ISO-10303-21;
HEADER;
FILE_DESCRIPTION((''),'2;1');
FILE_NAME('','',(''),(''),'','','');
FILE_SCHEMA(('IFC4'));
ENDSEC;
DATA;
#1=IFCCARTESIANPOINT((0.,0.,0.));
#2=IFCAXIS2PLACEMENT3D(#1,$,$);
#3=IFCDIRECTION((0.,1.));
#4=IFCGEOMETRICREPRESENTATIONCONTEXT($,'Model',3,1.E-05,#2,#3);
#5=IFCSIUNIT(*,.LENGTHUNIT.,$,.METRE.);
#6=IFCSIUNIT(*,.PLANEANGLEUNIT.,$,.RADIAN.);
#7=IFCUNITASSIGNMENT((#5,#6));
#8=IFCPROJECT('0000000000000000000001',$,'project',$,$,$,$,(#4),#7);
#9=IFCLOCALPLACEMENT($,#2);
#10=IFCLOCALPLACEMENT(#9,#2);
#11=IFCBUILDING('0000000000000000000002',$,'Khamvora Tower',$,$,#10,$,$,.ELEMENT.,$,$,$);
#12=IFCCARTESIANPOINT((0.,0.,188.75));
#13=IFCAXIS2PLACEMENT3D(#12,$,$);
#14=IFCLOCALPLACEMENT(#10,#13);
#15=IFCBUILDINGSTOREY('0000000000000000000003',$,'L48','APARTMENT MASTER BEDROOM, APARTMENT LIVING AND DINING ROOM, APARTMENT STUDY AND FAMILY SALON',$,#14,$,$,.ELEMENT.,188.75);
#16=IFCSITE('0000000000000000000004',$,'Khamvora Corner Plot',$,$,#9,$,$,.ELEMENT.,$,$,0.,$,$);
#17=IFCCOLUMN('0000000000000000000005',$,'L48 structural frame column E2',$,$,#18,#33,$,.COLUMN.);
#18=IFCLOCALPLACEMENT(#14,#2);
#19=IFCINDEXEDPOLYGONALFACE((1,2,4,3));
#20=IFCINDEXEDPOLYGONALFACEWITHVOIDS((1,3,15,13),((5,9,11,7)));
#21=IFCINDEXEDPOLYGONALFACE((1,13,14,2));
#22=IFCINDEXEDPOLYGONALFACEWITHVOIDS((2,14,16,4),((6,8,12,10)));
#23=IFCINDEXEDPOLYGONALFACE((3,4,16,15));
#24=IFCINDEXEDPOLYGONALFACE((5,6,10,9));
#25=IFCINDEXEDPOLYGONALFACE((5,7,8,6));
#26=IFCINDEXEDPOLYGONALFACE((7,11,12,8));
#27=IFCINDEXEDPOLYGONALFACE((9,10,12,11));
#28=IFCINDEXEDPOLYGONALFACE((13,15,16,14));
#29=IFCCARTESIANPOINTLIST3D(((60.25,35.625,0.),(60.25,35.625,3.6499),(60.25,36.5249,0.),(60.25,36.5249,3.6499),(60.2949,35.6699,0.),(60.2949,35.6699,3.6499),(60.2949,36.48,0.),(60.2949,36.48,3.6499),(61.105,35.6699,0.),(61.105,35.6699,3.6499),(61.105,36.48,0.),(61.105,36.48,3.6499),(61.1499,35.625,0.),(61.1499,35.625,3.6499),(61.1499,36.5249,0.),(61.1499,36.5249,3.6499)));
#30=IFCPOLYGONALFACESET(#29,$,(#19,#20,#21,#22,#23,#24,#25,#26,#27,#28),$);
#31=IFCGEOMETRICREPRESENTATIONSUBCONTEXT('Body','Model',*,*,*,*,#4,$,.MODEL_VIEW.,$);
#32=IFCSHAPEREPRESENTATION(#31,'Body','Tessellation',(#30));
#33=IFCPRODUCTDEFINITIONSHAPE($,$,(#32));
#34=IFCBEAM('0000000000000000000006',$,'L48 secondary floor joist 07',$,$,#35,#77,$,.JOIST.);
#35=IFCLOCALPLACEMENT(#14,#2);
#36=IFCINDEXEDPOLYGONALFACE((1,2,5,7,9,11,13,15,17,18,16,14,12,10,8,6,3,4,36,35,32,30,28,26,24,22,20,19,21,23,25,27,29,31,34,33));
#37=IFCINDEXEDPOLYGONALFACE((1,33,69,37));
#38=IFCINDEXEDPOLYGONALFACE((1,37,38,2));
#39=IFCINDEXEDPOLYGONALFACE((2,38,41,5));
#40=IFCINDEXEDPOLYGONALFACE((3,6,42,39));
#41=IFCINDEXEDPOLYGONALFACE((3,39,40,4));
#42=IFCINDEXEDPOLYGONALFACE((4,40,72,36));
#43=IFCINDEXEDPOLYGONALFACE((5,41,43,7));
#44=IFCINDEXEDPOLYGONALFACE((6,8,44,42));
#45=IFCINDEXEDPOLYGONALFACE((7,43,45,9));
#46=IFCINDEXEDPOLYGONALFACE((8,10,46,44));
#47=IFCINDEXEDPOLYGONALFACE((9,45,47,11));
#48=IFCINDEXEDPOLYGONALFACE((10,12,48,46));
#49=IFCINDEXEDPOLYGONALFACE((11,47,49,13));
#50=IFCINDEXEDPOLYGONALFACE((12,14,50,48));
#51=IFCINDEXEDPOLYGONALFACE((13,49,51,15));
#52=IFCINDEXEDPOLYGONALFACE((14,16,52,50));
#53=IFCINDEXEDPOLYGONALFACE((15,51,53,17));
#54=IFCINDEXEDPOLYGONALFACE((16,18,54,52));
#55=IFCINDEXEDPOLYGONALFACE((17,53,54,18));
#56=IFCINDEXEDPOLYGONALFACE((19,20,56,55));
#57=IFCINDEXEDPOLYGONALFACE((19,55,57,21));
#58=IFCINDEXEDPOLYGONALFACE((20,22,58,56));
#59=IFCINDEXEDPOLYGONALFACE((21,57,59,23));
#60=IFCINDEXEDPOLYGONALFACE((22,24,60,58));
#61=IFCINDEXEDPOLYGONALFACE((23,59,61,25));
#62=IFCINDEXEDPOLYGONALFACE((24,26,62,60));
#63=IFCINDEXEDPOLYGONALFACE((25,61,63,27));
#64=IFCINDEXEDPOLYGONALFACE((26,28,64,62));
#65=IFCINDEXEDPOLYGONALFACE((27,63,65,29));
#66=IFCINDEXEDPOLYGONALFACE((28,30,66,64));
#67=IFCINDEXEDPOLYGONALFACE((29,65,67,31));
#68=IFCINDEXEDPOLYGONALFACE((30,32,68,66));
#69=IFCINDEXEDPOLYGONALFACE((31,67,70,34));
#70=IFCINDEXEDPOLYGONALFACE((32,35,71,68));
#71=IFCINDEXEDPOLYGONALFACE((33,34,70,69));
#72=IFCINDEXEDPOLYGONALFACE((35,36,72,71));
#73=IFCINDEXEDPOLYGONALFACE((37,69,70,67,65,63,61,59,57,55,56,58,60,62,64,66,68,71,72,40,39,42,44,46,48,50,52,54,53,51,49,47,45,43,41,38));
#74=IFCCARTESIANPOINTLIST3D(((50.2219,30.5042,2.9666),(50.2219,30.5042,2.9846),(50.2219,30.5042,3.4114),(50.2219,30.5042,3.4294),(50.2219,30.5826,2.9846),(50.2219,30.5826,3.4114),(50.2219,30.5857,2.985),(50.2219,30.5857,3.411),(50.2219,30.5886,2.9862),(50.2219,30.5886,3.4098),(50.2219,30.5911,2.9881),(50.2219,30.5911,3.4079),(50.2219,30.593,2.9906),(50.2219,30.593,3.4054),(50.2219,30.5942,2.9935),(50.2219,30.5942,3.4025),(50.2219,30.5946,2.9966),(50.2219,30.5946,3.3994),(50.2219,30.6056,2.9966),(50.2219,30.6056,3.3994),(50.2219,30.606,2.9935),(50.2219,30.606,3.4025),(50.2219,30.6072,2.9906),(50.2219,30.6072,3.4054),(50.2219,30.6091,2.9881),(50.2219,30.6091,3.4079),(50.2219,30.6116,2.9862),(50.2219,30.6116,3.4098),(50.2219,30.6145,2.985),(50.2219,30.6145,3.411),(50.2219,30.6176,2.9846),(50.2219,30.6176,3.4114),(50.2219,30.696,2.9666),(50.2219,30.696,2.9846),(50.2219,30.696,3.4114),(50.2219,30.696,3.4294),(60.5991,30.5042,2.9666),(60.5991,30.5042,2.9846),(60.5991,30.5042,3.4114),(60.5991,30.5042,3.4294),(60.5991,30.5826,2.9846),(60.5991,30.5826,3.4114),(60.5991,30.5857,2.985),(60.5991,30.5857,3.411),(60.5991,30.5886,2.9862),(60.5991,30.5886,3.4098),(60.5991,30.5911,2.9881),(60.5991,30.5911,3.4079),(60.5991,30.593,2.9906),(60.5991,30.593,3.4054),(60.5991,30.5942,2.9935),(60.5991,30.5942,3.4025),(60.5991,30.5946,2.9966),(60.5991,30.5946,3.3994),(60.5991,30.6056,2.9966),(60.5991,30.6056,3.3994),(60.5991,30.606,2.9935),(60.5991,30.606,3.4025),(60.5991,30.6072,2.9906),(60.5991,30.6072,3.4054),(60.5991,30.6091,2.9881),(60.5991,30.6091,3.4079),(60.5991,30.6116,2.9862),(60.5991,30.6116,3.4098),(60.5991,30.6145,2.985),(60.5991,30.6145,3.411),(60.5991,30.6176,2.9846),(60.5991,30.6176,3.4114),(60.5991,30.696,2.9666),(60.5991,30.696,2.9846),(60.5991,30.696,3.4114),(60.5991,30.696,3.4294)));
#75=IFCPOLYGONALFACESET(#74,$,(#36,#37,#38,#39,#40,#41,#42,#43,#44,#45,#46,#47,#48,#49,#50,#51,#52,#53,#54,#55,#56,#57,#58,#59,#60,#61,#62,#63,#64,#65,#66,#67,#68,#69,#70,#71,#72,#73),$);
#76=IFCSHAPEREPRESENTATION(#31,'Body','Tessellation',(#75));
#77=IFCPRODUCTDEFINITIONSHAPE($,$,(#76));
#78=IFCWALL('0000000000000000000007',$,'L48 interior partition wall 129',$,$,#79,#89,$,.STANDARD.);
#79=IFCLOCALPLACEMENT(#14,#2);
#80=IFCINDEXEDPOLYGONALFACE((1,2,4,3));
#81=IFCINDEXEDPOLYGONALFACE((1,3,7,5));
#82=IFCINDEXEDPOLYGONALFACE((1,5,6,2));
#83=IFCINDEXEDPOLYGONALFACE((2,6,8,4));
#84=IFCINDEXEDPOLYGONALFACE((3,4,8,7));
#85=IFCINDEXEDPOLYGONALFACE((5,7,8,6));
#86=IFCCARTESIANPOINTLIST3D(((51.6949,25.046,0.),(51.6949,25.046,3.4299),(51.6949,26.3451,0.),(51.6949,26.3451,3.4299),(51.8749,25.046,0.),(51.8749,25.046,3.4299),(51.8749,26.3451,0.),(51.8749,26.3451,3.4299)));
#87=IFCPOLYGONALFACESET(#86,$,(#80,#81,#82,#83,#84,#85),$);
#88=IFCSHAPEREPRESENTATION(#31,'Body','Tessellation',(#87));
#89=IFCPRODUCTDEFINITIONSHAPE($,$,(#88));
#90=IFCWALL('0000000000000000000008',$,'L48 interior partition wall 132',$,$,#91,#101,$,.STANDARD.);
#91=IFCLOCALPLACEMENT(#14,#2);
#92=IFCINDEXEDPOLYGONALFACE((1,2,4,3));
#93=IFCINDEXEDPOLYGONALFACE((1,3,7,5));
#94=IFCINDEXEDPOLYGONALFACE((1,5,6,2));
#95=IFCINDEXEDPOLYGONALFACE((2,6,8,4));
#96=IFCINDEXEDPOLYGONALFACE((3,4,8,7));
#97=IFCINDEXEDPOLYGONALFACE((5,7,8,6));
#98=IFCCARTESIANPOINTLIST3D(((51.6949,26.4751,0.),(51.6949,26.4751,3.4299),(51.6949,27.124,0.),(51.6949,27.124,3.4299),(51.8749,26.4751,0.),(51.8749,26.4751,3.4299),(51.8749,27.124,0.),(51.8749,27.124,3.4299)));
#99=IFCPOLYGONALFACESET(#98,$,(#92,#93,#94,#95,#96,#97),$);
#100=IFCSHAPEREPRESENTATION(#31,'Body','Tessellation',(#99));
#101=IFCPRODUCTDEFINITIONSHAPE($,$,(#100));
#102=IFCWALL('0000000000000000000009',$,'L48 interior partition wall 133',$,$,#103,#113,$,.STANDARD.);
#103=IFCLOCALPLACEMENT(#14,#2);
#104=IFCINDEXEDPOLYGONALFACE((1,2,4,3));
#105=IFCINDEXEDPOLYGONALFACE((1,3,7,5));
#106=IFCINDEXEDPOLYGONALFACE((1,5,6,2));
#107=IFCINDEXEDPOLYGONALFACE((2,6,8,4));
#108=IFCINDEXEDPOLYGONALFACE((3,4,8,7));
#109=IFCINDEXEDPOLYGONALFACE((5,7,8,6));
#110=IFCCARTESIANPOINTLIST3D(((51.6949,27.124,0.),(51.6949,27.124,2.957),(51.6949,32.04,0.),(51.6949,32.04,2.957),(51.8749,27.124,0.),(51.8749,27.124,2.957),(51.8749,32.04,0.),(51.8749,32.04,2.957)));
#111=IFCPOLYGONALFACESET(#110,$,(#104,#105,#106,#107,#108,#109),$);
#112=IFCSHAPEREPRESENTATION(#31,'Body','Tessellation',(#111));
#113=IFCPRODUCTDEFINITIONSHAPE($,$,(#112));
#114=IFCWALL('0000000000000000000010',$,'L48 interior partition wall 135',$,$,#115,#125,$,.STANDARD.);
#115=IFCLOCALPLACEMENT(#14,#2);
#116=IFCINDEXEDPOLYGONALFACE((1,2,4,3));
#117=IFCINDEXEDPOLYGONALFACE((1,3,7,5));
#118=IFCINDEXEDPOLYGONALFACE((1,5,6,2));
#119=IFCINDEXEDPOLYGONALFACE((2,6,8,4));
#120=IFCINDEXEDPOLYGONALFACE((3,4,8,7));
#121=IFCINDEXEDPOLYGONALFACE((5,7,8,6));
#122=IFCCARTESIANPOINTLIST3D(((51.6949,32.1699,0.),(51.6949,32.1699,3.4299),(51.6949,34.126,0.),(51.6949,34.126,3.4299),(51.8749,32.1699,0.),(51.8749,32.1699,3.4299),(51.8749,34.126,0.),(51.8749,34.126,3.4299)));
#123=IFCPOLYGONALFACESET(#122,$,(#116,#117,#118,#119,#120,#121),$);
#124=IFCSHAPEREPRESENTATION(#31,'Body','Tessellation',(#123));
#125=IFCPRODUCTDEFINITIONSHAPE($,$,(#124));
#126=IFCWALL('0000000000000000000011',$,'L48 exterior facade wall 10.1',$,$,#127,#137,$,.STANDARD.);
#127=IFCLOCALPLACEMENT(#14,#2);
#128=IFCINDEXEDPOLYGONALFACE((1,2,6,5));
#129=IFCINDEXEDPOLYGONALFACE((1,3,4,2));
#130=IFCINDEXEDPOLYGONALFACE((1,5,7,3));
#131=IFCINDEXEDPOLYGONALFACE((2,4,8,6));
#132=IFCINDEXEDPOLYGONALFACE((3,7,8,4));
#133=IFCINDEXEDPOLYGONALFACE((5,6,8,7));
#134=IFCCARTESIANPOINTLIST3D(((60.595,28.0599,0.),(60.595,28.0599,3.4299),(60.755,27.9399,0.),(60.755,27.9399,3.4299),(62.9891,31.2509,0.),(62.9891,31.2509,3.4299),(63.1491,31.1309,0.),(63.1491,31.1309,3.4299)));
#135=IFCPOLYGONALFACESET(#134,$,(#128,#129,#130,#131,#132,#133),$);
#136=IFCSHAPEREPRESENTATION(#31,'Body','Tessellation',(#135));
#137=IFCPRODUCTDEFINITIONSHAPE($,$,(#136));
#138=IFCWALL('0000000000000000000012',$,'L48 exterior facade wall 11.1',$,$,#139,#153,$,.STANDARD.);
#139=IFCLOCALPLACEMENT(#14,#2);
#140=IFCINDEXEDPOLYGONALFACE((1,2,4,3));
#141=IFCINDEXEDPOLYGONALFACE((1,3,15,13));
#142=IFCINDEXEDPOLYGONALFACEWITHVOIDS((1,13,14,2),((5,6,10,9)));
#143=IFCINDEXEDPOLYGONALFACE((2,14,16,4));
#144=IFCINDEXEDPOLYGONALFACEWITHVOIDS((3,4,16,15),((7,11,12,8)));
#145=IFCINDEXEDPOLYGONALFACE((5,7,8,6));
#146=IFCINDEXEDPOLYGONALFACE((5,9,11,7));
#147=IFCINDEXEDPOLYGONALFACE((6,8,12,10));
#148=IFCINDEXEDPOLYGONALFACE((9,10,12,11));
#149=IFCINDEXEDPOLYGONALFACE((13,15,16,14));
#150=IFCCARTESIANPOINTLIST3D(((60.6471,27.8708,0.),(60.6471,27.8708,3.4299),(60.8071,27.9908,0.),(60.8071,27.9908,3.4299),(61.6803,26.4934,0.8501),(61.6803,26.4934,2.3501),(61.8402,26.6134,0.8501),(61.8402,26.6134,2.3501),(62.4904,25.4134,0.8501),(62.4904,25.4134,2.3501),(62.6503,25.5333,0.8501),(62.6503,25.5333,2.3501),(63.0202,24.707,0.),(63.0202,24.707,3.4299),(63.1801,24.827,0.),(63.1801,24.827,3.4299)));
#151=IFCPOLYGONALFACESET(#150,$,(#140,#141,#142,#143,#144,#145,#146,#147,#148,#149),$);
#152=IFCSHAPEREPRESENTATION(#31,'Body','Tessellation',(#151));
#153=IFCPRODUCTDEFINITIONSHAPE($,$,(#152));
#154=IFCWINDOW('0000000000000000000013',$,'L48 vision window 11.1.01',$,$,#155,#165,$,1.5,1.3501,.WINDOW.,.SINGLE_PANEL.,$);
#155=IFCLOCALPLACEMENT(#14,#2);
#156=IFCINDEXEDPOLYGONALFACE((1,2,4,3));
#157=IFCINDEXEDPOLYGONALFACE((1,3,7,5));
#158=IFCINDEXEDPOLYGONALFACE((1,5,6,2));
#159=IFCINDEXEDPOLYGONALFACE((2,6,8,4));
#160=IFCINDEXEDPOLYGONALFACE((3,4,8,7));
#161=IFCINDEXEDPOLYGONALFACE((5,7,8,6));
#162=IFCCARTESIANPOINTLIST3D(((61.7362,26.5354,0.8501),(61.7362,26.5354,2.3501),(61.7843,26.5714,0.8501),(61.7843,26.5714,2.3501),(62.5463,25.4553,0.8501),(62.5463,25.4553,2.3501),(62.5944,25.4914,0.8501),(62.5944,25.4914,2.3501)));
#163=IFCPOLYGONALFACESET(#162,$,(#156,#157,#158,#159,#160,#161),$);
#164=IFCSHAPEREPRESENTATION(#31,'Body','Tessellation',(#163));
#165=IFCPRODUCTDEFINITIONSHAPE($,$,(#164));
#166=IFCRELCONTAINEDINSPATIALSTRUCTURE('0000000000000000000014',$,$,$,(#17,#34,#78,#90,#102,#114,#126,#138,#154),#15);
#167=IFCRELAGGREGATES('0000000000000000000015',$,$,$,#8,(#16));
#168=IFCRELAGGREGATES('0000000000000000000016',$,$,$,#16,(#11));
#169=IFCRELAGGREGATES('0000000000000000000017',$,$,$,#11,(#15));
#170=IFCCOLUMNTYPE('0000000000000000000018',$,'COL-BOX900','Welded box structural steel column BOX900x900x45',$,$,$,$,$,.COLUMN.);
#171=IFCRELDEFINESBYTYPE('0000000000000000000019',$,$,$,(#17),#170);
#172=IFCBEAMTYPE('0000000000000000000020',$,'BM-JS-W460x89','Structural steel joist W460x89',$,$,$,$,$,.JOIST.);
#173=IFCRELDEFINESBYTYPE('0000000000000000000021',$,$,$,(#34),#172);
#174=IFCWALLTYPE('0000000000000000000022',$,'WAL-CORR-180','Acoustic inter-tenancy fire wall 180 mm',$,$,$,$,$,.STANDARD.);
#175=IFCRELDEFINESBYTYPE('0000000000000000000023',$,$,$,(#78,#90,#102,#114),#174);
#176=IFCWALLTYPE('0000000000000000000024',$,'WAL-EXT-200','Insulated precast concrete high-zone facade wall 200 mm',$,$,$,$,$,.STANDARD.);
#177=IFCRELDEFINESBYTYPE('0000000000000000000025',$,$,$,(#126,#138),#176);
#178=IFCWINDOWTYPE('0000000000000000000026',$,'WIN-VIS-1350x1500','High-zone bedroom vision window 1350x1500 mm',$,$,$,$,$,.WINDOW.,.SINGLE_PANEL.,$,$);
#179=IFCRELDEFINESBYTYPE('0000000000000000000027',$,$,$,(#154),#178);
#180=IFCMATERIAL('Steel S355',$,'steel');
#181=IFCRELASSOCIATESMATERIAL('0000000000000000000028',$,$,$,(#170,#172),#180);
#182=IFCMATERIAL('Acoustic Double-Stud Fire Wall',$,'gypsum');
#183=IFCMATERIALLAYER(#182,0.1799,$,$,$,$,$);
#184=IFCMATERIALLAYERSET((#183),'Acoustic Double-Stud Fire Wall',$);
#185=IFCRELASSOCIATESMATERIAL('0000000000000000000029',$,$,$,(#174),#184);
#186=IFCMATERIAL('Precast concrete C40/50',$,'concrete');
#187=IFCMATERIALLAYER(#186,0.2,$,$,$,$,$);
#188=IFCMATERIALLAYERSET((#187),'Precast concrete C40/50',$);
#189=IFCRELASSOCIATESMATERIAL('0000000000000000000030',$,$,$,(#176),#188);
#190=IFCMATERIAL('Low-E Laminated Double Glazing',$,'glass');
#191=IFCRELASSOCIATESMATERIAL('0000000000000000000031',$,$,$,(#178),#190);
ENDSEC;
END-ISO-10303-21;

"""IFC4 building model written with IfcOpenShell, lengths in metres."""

from ifc_helpers import new_model, si_unit, direction, frame, frame_2d, origin, origin_2d, place, context, subcontext, project, spatial, rectangle, hollow_rectangle, i_section, extrude, material, layer, layer_set, material_profile, profile_set, type_object, element, fill, save


model = new_model("IFC4")

# Units and contexts
model_context = context("Model", 3, precision=1e-05, world=origin(), true_north=direction((0.0, 1.0)))
body_context = subcontext(model_context, "Body", "Model", "MODEL_VIEW")
ifc_project = project(units=[si_unit("LENGTHUNIT", "METRE"), si_unit("PLANEANGLEUNIT", "RADIAN")], contexts=[model_context])

# Site, building, storey
site_placement = place(None, origin())
site = spatial("IfcSite", under=ifc_project, at=site_placement, Name="Khamvora Corner Plot", CompositionType="ELEMENT", RefElevation=0.0)
building_placement = place(site_placement, origin())
building = spatial("IfcBuilding", under=site, at=building_placement, Name="Khamvora Tower", CompositionType="ELEMENT")
storey_placement = place(building_placement, frame((0.0, 0.0, 188.75)))
storey = spatial("IfcBuildingStorey", under=building, at=storey_placement, Name="L48", Description="APARTMENT MASTER BEDROOM, APARTMENT LIVING AND DINING ROOM, APARTMENT STUDY AND FAMILY SALON", CompositionType="ELEMENT", Elevation=188.75)

# Column
ifc_material_1 = material(Name="Steel S355", Category="steel")
ifc_material_profile_1 = material_profile(ifc_material_1, hollow_rectangle(XDim=0.8999, YDim=0.8999, WallThickness=0.0449, at=origin_2d()), Name="BOX900x900x45")
ifc_profile_set_1 = profile_set([ifc_material_profile_1], Name="Steel S355")
column_type = type_object("IfcColumnType", Name="COL-BOX900", Description="Welded box structural steel column BOX900x900x45", PredefinedType="COLUMN", material=ifc_profile_set_1)
column_placement = place(storey_placement, frame((60.7, 36.075, 0.0), z_axis=(0.0, 0.0, 1.0), x_axis=(1.0, 0.0, 0.0)))
element("IfcColumn", 1, at=column_placement, inside=storey, type_object=column_type, Name="L48 structural frame column E2", PredefinedType="COLUMN", context=body_context, shape_type="SweptSolid", body=[
    extrude(hollow_rectangle(XDim=0.8999, YDim=0.8999, WallThickness=0.0449, at=origin_2d()), origin(), (0.0, 0.0, 1.0), 3.6499),
])

# Beam
ifc_material_profile_2 = material_profile(ifc_material_1, i_section(OverallWidth=0.1919, OverallDepth=0.4629, WebThickness=0.011, FlangeThickness=0.0181, FilletRadius=0.012, at=origin_2d()), Name="W460x89")
ifc_profile_set_2 = profile_set([ifc_material_profile_2], Name="Steel S355")
beam_type = type_object("IfcBeamType", Name="BM-JS-W460x89", Description="Structural steel joist W460x89", PredefinedType="JOIST", material=ifc_profile_set_2)
beam_placement = place(storey_placement, frame((50.2219, 30.6001, 3.198), z_axis=(1.0, 0.0, 0.0), x_axis=(0.0, 1.0, 0.0)))
element("IfcBeam", 2, at=beam_placement, inside=storey, type_object=beam_type, Name="L48 secondary floor joist 07", PredefinedType="JOIST", context=body_context, shape_type="SweptSolid", body=[
    extrude(i_section(OverallWidth=0.1919, OverallDepth=0.4629, WebThickness=0.011, FlangeThickness=0.0181, FilletRadius=0.012, at=origin_2d()), origin(), (0.0, 0.0, 1.0), 10.3772),
])

# Walls
ifc_material_2 = material(Name="Acoustic Double-Stud Fire Wall", Category="gypsum")
ifc_layer_1 = layer(ifc_material_2, 0.1799)
ifc_layer_set_1 = layer_set([ifc_layer_1], Name="Acoustic Double-Stud Fire Wall")
wall_type_1 = type_object("IfcWallType", Name="WAL-CORR-180", Description="Acoustic inter-tenancy fire wall 180 mm", PredefinedType="STANDARD", material=ifc_layer_set_1)
wall_1_placement = place(storey_placement, frame((51.7849, 26.345, 0.0), z_axis=(0.0, 0.0, 1.0), x_axis=(0.0, -1.0, 0.0)))
element("IfcWall", 3, at=wall_1_placement, inside=storey, type_object=wall_type_1, Name="L48 interior partition wall 129", PredefinedType="STANDARD", context=body_context, shape_type="SweptSolid", body=[
    extrude(rectangle(XDim=1.2991, YDim=0.1799, at=frame_2d((0.6494, 0.0))), origin(), (0.0, 0.0, 1.0), 3.4299),
])
wall_2_placement = place(storey_placement, frame((51.7849, 27.124, 0.0), z_axis=(0.0, 0.0, 1.0), x_axis=(0.0, -1.0, 0.0)))
element("IfcWall", 4, at=wall_2_placement, inside=storey, type_object=wall_type_1, Name="L48 interior partition wall 132", PredefinedType="STANDARD", context=body_context, shape_type="SweptSolid", body=[
    extrude(rectangle(XDim=0.6489, YDim=0.1799, at=frame_2d((0.3245, 0.0))), origin(), (0.0, 0.0, 1.0), 3.4299),
])
wall_3_placement = place(storey_placement, frame((51.7849, 32.04, 0.0), z_axis=(0.0, 0.0, 1.0), x_axis=(0.0, -1.0, 0.0)))
element("IfcWall", 5, at=wall_3_placement, inside=storey, type_object=wall_type_1, Name="L48 interior partition wall 133", PredefinedType="STANDARD", context=body_context, shape_type="SweptSolid", body=[
    extrude(rectangle(XDim=4.916, YDim=0.1799, at=frame_2d((2.458, 0.0))), origin(), (0.0, 0.0, 1.0), 2.957),
])
wall_4_placement = place(storey_placement, frame((51.7849, 34.126, 0.0), z_axis=(0.0, 0.0, 1.0), x_axis=(0.0, -1.0, 0.0)))
element("IfcWall", 6, at=wall_4_placement, inside=storey, type_object=wall_type_1, Name="L48 interior partition wall 135", PredefinedType="STANDARD", context=body_context, shape_type="SweptSolid", body=[
    extrude(rectangle(XDim=1.9561, YDim=0.1799, at=frame_2d((0.978, 0.0))), origin(), (0.0, 0.0, 1.0), 3.4299),
])
ifc_material_3 = material(Name="Precast concrete C40/50", Category="concrete")
ifc_layer_2 = layer(ifc_material_3, 0.2)
ifc_layer_set_2 = layer_set([ifc_layer_2], Name="Precast concrete C40/50")
wall_type_2 = type_object("IfcWallType", Name="WAL-EXT-200", Description="Insulated precast concrete high-zone facade wall 200 mm", PredefinedType="STANDARD", material=ifc_layer_set_2)
wall_5_placement = place(storey_placement, frame((63.0691, 31.1909, 0.0), z_axis=(0.0, 0.0, 1.0), x_axis=(-0.600137, -0.799897, 0.0)))
element("IfcWall", 7, at=wall_5_placement, inside=storey, type_object=wall_type_2, Name="L48 exterior facade wall 10.1", PredefinedType="STANDARD", context=body_context, shape_type="SweptSolid", body=[
    extrude(rectangle(XDim=3.9893, YDim=0.2, at=frame_2d((1.9946, 0.0))), origin(), (0.0, 0.0, 1.0), 3.4299),
])

# Wall, opening, window
wall_6_placement = place(storey_placement, frame((60.7271, 27.9309, 0.0), z_axis=(0.0, 0.0, 1.0), x_axis=(0.60003, -0.799978, 0.0)))
wall_6 = element("IfcWall", 8, at=wall_6_placement, inside=storey, type_object=wall_type_2, Name="L48 exterior facade wall 11.1", PredefinedType="STANDARD", context=body_context, shape_type="SweptSolid", body=[
    extrude(rectangle(XDim=3.9548, YDim=0.2, at=frame_2d((1.9775, 0.0))), origin(), (0.0, 0.0, 1.0), 3.4299),
])
opening_1_placement = place(wall_6_placement, frame((1.7219, 0.0, 0.8501)))
opening_1 = element("IfcOpeningElement", 9, at=opening_1_placement, cuts=wall_6, PredefinedType="OPENING", context=body_context, shape_type="SweptSolid", body=[
    extrude(rectangle(XDim=1.3501, YDim=1.5, at=frame_2d((0.675, 0.75))), frame((0.0, 0.1099, 0.0), z_axis=(0.0, -1.0, 0.0), x_axis=(1.0, 0.0, 0.0)), (0.0, 0.0, 1.0), 0.22),
])
ifc_material_4 = material(Name="Low-E Laminated Double Glazing", Category="glass")
window_type = type_object("IfcWindowType", Name="WIN-VIS-1350x1500", Description="High-zone bedroom vision window 1350x1500 mm", PartitioningType="SINGLE_PANEL", PredefinedType="WINDOW", material=ifc_material_4)
window_placement = place(opening_1_placement, origin())
window = element("IfcWindow", 10, at=window_placement, inside=storey, type_object=window_type, Name="L48 vision window 11.1.01", OverallHeight=1.5, OverallWidth=1.3501, PartitioningType="SINGLE_PANEL", PredefinedType="WINDOW", context=body_context, shape_type="SweptSolid", body=[
    extrude(rectangle(XDim=1.3501, YDim=1.5, at=frame_2d((0.675, 0.75))), frame((0.0, 0.03, 0.0), z_axis=(0.0, -1.0, 0.0), x_axis=(1.0, 0.0, 0.0)), (0.0, 0.0, 1.0), 0.0601),
])
fill(opening_1, window)

save(model, "model.ifc")
